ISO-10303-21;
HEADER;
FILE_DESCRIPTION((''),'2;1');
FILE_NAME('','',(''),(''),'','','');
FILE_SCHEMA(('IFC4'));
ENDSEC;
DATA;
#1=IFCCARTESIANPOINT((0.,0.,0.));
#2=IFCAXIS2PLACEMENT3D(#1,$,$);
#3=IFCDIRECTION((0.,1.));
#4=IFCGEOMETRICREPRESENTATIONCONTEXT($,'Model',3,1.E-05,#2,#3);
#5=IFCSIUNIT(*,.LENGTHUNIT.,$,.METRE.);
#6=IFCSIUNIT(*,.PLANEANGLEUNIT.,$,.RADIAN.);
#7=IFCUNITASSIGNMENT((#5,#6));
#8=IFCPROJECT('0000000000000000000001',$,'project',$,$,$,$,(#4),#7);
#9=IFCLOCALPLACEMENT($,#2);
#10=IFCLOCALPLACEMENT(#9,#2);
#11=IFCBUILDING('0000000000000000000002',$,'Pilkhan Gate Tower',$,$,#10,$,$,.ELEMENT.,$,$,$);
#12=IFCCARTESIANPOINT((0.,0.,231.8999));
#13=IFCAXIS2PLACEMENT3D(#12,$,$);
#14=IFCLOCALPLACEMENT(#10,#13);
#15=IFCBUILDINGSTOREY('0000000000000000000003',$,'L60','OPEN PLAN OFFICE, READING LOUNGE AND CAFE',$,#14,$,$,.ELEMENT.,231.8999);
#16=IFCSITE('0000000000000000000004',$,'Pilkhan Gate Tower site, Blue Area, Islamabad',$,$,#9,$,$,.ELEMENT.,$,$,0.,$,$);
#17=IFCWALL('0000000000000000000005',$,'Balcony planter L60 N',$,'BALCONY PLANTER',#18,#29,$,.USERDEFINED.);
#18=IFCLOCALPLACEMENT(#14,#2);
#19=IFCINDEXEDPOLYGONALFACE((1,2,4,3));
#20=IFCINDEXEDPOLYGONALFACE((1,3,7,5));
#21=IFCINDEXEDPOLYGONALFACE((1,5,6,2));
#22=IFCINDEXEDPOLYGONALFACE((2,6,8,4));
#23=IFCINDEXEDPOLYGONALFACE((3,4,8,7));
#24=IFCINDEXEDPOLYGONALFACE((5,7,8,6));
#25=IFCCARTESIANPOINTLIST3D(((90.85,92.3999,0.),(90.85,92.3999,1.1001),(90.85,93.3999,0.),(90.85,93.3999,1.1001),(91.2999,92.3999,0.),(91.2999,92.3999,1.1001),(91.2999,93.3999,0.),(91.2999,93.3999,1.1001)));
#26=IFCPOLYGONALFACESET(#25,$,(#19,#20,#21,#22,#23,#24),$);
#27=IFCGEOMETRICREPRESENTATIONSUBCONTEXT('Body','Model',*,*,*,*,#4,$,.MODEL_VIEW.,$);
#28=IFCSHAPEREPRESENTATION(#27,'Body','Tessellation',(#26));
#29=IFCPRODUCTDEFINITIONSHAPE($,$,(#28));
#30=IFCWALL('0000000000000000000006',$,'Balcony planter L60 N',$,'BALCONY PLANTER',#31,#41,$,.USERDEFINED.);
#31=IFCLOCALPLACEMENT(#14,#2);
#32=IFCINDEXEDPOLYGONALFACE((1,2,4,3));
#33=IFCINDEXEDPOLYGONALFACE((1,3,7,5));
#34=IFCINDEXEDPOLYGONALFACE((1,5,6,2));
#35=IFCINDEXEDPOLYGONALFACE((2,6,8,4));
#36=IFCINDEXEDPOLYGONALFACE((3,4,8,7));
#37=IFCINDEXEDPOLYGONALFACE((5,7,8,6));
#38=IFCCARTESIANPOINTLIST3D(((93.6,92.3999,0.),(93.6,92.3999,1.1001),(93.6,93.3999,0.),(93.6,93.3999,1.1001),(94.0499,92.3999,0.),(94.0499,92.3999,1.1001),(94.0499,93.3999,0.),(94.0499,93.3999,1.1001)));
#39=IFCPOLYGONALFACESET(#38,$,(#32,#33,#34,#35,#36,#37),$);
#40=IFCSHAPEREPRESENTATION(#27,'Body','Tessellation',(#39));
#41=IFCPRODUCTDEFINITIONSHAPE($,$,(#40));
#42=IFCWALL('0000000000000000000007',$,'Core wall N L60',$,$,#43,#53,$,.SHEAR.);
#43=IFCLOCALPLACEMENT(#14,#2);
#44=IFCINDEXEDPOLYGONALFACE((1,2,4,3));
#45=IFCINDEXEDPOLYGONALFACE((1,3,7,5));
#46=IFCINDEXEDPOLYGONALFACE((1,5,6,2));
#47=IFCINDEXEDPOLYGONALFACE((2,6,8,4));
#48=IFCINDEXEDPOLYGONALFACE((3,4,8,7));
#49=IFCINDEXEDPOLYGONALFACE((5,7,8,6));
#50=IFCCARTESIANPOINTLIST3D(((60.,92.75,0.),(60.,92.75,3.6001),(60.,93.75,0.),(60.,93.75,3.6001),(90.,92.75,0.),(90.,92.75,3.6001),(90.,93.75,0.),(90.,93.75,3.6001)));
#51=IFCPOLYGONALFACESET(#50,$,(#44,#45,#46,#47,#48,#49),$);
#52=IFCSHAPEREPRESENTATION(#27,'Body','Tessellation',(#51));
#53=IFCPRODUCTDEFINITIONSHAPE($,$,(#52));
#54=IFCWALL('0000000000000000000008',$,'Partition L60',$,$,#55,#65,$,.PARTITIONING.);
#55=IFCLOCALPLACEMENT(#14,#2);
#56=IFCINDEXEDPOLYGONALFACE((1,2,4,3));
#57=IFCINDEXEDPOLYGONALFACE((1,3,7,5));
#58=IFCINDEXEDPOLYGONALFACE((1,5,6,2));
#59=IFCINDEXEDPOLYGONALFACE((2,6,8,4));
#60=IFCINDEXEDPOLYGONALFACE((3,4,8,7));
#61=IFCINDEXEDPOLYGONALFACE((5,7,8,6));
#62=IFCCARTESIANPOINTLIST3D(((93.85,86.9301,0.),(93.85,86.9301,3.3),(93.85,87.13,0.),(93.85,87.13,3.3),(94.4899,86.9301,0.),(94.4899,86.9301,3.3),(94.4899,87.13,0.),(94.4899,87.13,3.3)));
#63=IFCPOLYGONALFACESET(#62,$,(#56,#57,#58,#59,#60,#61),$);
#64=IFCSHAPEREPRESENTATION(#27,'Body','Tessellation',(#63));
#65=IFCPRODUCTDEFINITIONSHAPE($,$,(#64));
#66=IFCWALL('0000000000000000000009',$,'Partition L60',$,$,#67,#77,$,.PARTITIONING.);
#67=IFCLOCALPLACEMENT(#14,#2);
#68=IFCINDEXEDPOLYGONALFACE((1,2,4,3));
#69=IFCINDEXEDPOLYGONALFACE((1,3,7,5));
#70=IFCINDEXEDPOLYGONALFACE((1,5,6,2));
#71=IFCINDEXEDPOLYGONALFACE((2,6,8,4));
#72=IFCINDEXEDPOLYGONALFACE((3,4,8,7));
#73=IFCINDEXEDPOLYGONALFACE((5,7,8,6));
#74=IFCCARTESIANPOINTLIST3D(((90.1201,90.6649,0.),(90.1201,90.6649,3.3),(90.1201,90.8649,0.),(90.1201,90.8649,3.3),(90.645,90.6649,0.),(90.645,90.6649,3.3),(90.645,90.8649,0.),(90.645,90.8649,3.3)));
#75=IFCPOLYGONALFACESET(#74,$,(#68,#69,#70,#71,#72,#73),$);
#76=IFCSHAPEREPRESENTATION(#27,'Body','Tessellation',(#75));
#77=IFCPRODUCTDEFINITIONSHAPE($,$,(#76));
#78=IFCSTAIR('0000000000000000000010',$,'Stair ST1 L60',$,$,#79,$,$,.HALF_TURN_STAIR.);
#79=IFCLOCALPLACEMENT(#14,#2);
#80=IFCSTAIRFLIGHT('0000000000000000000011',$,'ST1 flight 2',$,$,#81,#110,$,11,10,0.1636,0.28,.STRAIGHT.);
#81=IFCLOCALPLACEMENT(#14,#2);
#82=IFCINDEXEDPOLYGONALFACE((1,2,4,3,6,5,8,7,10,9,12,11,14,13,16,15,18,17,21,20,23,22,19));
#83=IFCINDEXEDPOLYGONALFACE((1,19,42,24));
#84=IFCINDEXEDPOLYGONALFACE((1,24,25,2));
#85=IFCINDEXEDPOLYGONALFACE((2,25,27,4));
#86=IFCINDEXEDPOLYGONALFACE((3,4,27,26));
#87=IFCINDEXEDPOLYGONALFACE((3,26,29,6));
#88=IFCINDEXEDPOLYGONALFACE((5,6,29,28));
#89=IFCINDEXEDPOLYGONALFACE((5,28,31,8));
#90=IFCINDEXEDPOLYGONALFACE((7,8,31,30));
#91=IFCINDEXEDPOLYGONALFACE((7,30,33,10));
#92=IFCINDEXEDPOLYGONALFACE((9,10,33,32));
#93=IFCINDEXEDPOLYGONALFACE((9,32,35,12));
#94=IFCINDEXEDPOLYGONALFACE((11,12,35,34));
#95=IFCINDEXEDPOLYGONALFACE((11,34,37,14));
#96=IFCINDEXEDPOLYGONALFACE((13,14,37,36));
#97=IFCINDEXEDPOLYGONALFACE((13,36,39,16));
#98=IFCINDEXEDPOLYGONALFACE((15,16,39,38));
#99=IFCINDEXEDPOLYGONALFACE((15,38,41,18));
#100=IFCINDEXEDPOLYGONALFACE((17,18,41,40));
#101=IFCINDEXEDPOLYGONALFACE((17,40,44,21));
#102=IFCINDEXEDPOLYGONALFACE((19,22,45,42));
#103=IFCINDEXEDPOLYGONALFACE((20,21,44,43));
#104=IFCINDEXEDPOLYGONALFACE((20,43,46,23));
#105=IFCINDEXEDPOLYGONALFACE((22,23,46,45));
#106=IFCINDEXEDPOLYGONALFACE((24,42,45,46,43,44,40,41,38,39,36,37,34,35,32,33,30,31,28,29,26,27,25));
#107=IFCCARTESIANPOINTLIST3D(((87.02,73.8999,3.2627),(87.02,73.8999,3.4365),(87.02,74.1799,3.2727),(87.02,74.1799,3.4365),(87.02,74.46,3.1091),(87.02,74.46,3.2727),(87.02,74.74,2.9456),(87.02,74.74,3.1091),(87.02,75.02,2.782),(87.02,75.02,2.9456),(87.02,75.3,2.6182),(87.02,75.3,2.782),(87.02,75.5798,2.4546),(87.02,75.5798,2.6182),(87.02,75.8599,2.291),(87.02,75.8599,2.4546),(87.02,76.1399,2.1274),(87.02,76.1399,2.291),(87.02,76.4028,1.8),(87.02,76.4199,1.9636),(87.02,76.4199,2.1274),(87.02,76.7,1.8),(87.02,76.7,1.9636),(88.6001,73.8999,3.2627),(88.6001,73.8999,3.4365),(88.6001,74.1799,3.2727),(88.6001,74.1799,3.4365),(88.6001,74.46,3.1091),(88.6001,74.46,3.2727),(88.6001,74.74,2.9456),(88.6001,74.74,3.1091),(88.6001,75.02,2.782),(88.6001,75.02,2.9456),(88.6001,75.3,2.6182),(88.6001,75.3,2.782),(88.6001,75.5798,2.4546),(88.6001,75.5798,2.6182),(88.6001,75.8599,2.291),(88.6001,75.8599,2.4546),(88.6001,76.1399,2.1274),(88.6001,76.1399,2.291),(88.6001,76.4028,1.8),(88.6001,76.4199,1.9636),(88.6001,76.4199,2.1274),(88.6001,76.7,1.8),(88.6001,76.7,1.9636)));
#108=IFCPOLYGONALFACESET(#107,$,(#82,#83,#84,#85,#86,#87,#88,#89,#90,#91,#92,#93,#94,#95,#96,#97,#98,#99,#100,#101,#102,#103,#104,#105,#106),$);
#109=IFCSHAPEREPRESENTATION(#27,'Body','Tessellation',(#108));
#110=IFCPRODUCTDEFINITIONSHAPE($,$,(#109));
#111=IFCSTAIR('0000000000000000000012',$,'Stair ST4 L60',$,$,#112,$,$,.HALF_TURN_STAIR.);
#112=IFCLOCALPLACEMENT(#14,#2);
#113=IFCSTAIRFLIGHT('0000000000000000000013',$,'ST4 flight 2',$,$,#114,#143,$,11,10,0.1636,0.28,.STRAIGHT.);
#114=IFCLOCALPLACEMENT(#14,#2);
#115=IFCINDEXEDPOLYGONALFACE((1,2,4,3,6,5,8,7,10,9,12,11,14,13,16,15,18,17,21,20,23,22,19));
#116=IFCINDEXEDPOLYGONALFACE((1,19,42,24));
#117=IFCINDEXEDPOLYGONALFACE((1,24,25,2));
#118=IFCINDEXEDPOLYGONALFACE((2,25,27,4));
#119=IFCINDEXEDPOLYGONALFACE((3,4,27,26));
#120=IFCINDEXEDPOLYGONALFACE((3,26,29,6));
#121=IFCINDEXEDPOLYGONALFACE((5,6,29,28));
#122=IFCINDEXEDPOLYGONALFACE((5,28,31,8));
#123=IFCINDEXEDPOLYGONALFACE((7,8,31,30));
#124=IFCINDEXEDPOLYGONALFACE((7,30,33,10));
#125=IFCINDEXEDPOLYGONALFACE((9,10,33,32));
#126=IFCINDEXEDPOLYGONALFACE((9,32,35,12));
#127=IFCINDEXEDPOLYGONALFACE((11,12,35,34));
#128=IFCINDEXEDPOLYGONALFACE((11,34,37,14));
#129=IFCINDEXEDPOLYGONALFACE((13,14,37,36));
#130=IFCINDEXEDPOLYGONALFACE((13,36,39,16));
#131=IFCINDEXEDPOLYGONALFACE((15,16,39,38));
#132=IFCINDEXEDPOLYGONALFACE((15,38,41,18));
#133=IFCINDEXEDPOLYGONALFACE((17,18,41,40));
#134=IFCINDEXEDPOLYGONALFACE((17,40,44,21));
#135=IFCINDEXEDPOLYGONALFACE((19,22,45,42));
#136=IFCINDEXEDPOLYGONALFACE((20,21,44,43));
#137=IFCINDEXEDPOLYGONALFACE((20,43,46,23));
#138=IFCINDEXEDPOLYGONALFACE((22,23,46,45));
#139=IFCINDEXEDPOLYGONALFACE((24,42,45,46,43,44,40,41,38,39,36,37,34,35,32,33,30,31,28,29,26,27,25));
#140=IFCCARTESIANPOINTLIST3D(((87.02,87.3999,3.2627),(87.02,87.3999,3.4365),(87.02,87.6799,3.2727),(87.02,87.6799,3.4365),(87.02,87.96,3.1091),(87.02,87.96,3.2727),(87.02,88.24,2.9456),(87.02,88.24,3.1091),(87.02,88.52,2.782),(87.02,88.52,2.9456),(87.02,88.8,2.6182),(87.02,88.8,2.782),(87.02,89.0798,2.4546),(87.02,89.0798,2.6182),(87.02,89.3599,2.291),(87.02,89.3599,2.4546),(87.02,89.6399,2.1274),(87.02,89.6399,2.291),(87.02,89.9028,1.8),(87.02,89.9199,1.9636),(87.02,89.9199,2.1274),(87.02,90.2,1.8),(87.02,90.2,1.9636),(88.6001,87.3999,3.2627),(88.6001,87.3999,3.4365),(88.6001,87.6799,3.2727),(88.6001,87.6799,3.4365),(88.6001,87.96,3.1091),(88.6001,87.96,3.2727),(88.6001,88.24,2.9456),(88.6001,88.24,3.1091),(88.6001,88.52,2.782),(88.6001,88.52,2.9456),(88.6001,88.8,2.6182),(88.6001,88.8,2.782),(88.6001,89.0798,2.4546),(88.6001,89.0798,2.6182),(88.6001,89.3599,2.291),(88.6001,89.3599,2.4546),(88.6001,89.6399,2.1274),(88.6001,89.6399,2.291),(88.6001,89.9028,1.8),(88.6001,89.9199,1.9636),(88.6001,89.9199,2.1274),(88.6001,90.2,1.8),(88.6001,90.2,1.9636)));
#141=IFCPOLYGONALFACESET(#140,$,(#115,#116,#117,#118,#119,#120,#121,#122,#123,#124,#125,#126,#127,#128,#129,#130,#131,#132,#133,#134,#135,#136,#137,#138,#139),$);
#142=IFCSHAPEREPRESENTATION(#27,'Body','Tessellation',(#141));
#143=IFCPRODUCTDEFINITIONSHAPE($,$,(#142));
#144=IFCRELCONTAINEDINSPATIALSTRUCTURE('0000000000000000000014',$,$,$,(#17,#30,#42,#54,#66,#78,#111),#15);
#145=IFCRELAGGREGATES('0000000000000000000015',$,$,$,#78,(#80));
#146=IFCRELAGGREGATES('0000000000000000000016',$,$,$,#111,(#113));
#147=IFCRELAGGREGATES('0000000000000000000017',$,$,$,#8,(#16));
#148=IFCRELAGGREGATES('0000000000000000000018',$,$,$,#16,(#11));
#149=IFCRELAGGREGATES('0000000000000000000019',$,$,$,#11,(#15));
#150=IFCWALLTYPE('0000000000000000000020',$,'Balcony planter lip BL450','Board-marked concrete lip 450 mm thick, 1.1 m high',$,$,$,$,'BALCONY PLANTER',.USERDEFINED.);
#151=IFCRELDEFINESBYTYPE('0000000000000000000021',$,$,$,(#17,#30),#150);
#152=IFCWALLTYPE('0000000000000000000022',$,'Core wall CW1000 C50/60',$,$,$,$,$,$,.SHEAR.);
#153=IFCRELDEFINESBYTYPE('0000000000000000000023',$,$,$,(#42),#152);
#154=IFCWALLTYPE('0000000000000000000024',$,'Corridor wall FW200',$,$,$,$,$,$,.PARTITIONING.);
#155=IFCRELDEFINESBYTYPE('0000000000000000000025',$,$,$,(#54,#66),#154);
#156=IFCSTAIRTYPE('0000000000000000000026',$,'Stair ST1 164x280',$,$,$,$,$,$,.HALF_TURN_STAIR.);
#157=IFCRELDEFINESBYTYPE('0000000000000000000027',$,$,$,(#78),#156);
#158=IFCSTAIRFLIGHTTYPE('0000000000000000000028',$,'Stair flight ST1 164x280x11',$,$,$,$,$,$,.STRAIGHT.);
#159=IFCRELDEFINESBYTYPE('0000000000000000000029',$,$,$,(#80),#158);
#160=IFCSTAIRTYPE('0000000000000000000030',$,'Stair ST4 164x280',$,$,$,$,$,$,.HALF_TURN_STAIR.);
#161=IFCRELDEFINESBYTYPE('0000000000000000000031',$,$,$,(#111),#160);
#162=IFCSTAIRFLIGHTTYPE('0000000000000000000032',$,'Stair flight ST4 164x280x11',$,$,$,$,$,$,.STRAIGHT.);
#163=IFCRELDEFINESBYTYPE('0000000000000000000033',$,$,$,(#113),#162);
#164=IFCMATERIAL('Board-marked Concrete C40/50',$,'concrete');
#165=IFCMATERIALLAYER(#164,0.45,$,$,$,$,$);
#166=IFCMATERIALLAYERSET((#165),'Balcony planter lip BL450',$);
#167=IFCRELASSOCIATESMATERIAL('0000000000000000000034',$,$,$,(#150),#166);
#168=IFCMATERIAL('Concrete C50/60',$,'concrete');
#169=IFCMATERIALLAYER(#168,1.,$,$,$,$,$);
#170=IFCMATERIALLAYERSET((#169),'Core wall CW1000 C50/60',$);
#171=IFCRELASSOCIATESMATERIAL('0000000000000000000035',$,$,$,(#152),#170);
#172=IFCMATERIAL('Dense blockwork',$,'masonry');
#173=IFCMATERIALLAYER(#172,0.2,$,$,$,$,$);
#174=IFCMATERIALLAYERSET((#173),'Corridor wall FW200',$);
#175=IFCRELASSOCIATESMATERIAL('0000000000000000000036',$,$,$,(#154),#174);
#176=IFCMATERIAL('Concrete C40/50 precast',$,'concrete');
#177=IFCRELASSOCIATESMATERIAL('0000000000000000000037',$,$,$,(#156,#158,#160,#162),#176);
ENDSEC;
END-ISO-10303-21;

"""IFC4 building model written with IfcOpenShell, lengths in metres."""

from ifc_helpers import new_model, si_unit, direction, frame, frame_2d, origin, place, context, subcontext, project, spatial, polyline, rectangle, outline, extrude, material, layer, layer_set, type_object, element, aggregate, save


model = new_model("IFC4")

# Units and contexts
model_context = context("Model", 3, precision=1e-05, world=origin(), true_north=direction((0.0, 1.0)))
body_context = subcontext(model_context, "Body", "Model", "MODEL_VIEW")
ifc_project = project(units=[si_unit("LENGTHUNIT", "METRE"), si_unit("PLANEANGLEUNIT", "RADIAN")], contexts=[model_context])

# Site, building, storey
site_placement = place(None, origin())
site = spatial("IfcSite", under=ifc_project, at=site_placement, Name="Pilkhan Gate Tower site, Blue Area, Islamabad", CompositionType="ELEMENT", RefElevation=0.0)
building_placement = place(site_placement, origin())
building = spatial("IfcBuilding", under=site, at=building_placement, Name="Pilkhan Gate Tower", CompositionType="ELEMENT")
storey_placement = place(building_placement, frame((0.0, 0.0, 231.8999)))
storey = spatial("IfcBuildingStorey", under=building, at=storey_placement, Name="L60", Description="OPEN PLAN OFFICE, READING LOUNGE AND CAFE", CompositionType="ELEMENT", Elevation=231.8999)

# Shared definitions
ifc_material_1 = material(Name="Concrete C50/60", Category="concrete")

# Walls
ifc_material_2 = material(Name="Board-marked Concrete C40/50", Category="concrete")
ifc_layer_1 = layer(ifc_material_2, 0.45)
ifc_layer_set_1 = layer_set([ifc_layer_1], Name="Balcony planter lip BL450")
wall_type_1 = type_object("IfcWallType", Name="Balcony planter lip BL450", Description="Board-marked concrete lip 450 mm thick, 1.1 m high", ElementType="BALCONY PLANTER", PredefinedType="USERDEFINED", material=ifc_layer_set_1)
for number, where, z_axis, x_axis, name in (
    (1, (91.075, 92.3999, 0.0), (0.0, 0.0, 1.0), (0.0, 1.0, 0.0), "Balcony planter L60 N"),
    (2, (93.825, 92.3999, 0.0), (0.0, 0.0, 1.0), (0.0, 1.0, 0.0), "Balcony planter L60 N"),
):
    element("IfcWall", number, at=place(storey_placement, frame(where, z_axis=z_axis, x_axis=x_axis)), inside=storey, type_object=wall_type_1, Name=name, ObjectType="BALCONY PLANTER", PredefinedType="USERDEFINED", context=body_context, shape_type="SweptSolid", body=[
        extrude(rectangle(XDim=1.0, YDim=0.45, at=frame_2d((0.5, 0.0))), origin(), (0.0, 0.0, 1.0), 1.1001),
    ])
ifc_layer_2 = layer(ifc_material_1, 1.0)
ifc_layer_set_2 = layer_set([ifc_layer_2], Name="Core wall CW1000 C50/60")
wall_type_2 = type_object("IfcWallType", Name="Core wall CW1000 C50/60", PredefinedType="SHEAR", material=ifc_layer_set_2)
wall_1_placement = place(storey_placement, frame((90.0, 93.25, 0.0), z_axis=(0.0, 0.0, 1.0), x_axis=(-1.0, 0.0, 0.0)))
element("IfcWall", 3, at=wall_1_placement, inside=storey, type_object=wall_type_2, Name="Core wall N L60", PredefinedType="SHEAR", context=body_context, shape_type="SweptSolid", body=[
    extrude(rectangle(XDim=30.0, YDim=1.0, at=frame_2d((15.0, 0.0))), origin(), (0.0, 0.0, 1.0), 3.6001),
])
ifc_material_3 = material(Name="Dense blockwork", Category="masonry")
ifc_layer_3 = layer(ifc_material_3, 0.2)
ifc_layer_set_3 = layer_set([ifc_layer_3], Name="Corridor wall FW200")
wall_type_3 = type_object("IfcWallType", Name="Corridor wall FW200", PredefinedType="PARTITIONING", material=ifc_layer_set_3)
wall_2_placement = place(storey_placement, frame((93.8501, 87.03, 0.0), z_axis=(0.0, 0.0, 1.0), x_axis=(1.0, 0.0, 0.0)))
element("IfcWall", 4, at=wall_2_placement, inside=storey, type_object=wall_type_3, Name="Partition L60", PredefinedType="PARTITIONING", context=body_context, shape_type="SweptSolid", body=[
    extrude(rectangle(XDim=0.6399, YDim=0.2, at=frame_2d((0.3198, 0.0))), origin(), (0.0, 0.0, 1.0), 3.3),
])
wall_3_placement = place(storey_placement, frame((90.1201, 90.7649, 0.0), z_axis=(0.0, 0.0, 1.0), x_axis=(1.0, 0.0, 0.0)))
element("IfcWall", 5, at=wall_3_placement, inside=storey, type_object=wall_type_3, Name="Partition L60", PredefinedType="PARTITIONING", context=body_context, shape_type="SweptSolid", body=[
    extrude(rectangle(XDim=0.5249, YDim=0.2, at=frame_2d((0.2625, 0.0))), origin(), (0.0, 0.0, 1.0), 3.3),
])

# Stairs, stair flights
ifc_material_4 = material(Name="Concrete C40/50 precast", Category="concrete")
stair_type_1 = type_object("IfcStairType", Name="Stair ST1 164x280", PredefinedType="HALF_TURN_STAIR", material=ifc_material_4)
stair_1_placement = place(storey_placement, origin())
stair_1 = element("IfcStair", 6, at=stair_1_placement, inside=storey, type_object=stair_type_1, Name="Stair ST1 L60", PredefinedType="HALF_TURN_STAIR")
stair_flight_type_1 = type_object("IfcStairFlightType", Name="Stair flight ST1 164x280x11", PredefinedType="STRAIGHT", material=ifc_material_4)
stair_flight_1_placement = place(storey_placement, frame((87.8101, 76.7, 1.8), z_axis=(0.0, 0.0, 1.0), x_axis=(0.0, -1.0, 0.0)))
stair_flight_1 = element("IfcStairFlight", 7, at=stair_flight_1_placement, type_object=stair_flight_type_1, Name="ST1 flight 2", NumberOfRisers=11, NumberOfTreads=10, PredefinedType="STRAIGHT", RiserHeight=0.1636, TreadLength=0.28, context=body_context, shape_type="SweptSolid", body=[
    extrude(outline(polyline([(0.0, 0.0), (0.0, 0.1636), (0.28, 0.1636), (0.28, 0.3274), (0.5601, 0.3274), (0.5601, 0.491), (0.8401, 0.491), (0.8401, 0.6545), (1.1201, 0.6545), (1.1201, 0.8181), (1.3999, 0.8181), (1.3999, 0.9819), (1.6799, 0.9819), (1.6799, 1.1455), (1.96, 1.1455), (1.96, 1.3091), (2.24, 1.3091), (2.24, 1.4727), (2.52, 1.4727), (2.52, 1.6365), (2.8, 1.6365), (2.8, 1.8), (2.8, 1.4626), (0.2971, 0.0), (0.0, 0.0)])), frame((0.0, 0.79, 0.0), z_axis=(0.0, -1.0, 0.0), x_axis=(1.0, 0.0, 0.0)), (0.0, 0.0, 1.0), 1.5801),
])
aggregate(stair_1, [stair_flight_1])
stair_type_2 = type_object("IfcStairType", Name="Stair ST4 164x280", PredefinedType="HALF_TURN_STAIR", material=ifc_material_4)
stair_2_placement = place(storey_placement, origin())
stair_2 = element("IfcStair", 8, at=stair_2_placement, inside=storey, type_object=stair_type_2, Name="Stair ST4 L60", PredefinedType="HALF_TURN_STAIR")
stair_flight_type_2 = type_object("IfcStairFlightType", Name="Stair flight ST4 164x280x11", PredefinedType="STRAIGHT", material=ifc_material_4)
stair_flight_2_placement = place(storey_placement, frame((87.8101, 90.2, 1.8), z_axis=(0.0, 0.0, 1.0), x_axis=(0.0, -1.0, 0.0)))
stair_flight_2 = element("IfcStairFlight", 9, at=stair_flight_2_placement, type_object=stair_flight_type_2, Name="ST4 flight 2", NumberOfRisers=11, NumberOfTreads=10, PredefinedType="STRAIGHT", RiserHeight=0.1636, TreadLength=0.28, context=body_context, shape_type="SweptSolid", body=[
    extrude(outline(polyline([(0.0, 0.0), (0.0, 0.1636), (0.28, 0.1636), (0.28, 0.3274), (0.5601, 0.3274), (0.5601, 0.491), (0.8401, 0.491), (0.8401, 0.6545), (1.1201, 0.6545), (1.1201, 0.8181), (1.3999, 0.8181), (1.3999, 0.9819), (1.6799, 0.9819), (1.6799, 1.1455), (1.96, 1.1455), (1.96, 1.3091), (2.24, 1.3091), (2.24, 1.4727), (2.52, 1.4727), (2.52, 1.6365), (2.8, 1.6365), (2.8, 1.8), (2.8, 1.4626), (0.2971, 0.0), (0.0, 0.0)])), frame((0.0, 0.79, 0.0), z_axis=(0.0, -1.0, 0.0), x_axis=(1.0, 0.0, 0.0)), (0.0, 0.0, 1.0), 1.5801),
])
aggregate(stair_2, [stair_flight_2])

save(model, "model.ifc")
